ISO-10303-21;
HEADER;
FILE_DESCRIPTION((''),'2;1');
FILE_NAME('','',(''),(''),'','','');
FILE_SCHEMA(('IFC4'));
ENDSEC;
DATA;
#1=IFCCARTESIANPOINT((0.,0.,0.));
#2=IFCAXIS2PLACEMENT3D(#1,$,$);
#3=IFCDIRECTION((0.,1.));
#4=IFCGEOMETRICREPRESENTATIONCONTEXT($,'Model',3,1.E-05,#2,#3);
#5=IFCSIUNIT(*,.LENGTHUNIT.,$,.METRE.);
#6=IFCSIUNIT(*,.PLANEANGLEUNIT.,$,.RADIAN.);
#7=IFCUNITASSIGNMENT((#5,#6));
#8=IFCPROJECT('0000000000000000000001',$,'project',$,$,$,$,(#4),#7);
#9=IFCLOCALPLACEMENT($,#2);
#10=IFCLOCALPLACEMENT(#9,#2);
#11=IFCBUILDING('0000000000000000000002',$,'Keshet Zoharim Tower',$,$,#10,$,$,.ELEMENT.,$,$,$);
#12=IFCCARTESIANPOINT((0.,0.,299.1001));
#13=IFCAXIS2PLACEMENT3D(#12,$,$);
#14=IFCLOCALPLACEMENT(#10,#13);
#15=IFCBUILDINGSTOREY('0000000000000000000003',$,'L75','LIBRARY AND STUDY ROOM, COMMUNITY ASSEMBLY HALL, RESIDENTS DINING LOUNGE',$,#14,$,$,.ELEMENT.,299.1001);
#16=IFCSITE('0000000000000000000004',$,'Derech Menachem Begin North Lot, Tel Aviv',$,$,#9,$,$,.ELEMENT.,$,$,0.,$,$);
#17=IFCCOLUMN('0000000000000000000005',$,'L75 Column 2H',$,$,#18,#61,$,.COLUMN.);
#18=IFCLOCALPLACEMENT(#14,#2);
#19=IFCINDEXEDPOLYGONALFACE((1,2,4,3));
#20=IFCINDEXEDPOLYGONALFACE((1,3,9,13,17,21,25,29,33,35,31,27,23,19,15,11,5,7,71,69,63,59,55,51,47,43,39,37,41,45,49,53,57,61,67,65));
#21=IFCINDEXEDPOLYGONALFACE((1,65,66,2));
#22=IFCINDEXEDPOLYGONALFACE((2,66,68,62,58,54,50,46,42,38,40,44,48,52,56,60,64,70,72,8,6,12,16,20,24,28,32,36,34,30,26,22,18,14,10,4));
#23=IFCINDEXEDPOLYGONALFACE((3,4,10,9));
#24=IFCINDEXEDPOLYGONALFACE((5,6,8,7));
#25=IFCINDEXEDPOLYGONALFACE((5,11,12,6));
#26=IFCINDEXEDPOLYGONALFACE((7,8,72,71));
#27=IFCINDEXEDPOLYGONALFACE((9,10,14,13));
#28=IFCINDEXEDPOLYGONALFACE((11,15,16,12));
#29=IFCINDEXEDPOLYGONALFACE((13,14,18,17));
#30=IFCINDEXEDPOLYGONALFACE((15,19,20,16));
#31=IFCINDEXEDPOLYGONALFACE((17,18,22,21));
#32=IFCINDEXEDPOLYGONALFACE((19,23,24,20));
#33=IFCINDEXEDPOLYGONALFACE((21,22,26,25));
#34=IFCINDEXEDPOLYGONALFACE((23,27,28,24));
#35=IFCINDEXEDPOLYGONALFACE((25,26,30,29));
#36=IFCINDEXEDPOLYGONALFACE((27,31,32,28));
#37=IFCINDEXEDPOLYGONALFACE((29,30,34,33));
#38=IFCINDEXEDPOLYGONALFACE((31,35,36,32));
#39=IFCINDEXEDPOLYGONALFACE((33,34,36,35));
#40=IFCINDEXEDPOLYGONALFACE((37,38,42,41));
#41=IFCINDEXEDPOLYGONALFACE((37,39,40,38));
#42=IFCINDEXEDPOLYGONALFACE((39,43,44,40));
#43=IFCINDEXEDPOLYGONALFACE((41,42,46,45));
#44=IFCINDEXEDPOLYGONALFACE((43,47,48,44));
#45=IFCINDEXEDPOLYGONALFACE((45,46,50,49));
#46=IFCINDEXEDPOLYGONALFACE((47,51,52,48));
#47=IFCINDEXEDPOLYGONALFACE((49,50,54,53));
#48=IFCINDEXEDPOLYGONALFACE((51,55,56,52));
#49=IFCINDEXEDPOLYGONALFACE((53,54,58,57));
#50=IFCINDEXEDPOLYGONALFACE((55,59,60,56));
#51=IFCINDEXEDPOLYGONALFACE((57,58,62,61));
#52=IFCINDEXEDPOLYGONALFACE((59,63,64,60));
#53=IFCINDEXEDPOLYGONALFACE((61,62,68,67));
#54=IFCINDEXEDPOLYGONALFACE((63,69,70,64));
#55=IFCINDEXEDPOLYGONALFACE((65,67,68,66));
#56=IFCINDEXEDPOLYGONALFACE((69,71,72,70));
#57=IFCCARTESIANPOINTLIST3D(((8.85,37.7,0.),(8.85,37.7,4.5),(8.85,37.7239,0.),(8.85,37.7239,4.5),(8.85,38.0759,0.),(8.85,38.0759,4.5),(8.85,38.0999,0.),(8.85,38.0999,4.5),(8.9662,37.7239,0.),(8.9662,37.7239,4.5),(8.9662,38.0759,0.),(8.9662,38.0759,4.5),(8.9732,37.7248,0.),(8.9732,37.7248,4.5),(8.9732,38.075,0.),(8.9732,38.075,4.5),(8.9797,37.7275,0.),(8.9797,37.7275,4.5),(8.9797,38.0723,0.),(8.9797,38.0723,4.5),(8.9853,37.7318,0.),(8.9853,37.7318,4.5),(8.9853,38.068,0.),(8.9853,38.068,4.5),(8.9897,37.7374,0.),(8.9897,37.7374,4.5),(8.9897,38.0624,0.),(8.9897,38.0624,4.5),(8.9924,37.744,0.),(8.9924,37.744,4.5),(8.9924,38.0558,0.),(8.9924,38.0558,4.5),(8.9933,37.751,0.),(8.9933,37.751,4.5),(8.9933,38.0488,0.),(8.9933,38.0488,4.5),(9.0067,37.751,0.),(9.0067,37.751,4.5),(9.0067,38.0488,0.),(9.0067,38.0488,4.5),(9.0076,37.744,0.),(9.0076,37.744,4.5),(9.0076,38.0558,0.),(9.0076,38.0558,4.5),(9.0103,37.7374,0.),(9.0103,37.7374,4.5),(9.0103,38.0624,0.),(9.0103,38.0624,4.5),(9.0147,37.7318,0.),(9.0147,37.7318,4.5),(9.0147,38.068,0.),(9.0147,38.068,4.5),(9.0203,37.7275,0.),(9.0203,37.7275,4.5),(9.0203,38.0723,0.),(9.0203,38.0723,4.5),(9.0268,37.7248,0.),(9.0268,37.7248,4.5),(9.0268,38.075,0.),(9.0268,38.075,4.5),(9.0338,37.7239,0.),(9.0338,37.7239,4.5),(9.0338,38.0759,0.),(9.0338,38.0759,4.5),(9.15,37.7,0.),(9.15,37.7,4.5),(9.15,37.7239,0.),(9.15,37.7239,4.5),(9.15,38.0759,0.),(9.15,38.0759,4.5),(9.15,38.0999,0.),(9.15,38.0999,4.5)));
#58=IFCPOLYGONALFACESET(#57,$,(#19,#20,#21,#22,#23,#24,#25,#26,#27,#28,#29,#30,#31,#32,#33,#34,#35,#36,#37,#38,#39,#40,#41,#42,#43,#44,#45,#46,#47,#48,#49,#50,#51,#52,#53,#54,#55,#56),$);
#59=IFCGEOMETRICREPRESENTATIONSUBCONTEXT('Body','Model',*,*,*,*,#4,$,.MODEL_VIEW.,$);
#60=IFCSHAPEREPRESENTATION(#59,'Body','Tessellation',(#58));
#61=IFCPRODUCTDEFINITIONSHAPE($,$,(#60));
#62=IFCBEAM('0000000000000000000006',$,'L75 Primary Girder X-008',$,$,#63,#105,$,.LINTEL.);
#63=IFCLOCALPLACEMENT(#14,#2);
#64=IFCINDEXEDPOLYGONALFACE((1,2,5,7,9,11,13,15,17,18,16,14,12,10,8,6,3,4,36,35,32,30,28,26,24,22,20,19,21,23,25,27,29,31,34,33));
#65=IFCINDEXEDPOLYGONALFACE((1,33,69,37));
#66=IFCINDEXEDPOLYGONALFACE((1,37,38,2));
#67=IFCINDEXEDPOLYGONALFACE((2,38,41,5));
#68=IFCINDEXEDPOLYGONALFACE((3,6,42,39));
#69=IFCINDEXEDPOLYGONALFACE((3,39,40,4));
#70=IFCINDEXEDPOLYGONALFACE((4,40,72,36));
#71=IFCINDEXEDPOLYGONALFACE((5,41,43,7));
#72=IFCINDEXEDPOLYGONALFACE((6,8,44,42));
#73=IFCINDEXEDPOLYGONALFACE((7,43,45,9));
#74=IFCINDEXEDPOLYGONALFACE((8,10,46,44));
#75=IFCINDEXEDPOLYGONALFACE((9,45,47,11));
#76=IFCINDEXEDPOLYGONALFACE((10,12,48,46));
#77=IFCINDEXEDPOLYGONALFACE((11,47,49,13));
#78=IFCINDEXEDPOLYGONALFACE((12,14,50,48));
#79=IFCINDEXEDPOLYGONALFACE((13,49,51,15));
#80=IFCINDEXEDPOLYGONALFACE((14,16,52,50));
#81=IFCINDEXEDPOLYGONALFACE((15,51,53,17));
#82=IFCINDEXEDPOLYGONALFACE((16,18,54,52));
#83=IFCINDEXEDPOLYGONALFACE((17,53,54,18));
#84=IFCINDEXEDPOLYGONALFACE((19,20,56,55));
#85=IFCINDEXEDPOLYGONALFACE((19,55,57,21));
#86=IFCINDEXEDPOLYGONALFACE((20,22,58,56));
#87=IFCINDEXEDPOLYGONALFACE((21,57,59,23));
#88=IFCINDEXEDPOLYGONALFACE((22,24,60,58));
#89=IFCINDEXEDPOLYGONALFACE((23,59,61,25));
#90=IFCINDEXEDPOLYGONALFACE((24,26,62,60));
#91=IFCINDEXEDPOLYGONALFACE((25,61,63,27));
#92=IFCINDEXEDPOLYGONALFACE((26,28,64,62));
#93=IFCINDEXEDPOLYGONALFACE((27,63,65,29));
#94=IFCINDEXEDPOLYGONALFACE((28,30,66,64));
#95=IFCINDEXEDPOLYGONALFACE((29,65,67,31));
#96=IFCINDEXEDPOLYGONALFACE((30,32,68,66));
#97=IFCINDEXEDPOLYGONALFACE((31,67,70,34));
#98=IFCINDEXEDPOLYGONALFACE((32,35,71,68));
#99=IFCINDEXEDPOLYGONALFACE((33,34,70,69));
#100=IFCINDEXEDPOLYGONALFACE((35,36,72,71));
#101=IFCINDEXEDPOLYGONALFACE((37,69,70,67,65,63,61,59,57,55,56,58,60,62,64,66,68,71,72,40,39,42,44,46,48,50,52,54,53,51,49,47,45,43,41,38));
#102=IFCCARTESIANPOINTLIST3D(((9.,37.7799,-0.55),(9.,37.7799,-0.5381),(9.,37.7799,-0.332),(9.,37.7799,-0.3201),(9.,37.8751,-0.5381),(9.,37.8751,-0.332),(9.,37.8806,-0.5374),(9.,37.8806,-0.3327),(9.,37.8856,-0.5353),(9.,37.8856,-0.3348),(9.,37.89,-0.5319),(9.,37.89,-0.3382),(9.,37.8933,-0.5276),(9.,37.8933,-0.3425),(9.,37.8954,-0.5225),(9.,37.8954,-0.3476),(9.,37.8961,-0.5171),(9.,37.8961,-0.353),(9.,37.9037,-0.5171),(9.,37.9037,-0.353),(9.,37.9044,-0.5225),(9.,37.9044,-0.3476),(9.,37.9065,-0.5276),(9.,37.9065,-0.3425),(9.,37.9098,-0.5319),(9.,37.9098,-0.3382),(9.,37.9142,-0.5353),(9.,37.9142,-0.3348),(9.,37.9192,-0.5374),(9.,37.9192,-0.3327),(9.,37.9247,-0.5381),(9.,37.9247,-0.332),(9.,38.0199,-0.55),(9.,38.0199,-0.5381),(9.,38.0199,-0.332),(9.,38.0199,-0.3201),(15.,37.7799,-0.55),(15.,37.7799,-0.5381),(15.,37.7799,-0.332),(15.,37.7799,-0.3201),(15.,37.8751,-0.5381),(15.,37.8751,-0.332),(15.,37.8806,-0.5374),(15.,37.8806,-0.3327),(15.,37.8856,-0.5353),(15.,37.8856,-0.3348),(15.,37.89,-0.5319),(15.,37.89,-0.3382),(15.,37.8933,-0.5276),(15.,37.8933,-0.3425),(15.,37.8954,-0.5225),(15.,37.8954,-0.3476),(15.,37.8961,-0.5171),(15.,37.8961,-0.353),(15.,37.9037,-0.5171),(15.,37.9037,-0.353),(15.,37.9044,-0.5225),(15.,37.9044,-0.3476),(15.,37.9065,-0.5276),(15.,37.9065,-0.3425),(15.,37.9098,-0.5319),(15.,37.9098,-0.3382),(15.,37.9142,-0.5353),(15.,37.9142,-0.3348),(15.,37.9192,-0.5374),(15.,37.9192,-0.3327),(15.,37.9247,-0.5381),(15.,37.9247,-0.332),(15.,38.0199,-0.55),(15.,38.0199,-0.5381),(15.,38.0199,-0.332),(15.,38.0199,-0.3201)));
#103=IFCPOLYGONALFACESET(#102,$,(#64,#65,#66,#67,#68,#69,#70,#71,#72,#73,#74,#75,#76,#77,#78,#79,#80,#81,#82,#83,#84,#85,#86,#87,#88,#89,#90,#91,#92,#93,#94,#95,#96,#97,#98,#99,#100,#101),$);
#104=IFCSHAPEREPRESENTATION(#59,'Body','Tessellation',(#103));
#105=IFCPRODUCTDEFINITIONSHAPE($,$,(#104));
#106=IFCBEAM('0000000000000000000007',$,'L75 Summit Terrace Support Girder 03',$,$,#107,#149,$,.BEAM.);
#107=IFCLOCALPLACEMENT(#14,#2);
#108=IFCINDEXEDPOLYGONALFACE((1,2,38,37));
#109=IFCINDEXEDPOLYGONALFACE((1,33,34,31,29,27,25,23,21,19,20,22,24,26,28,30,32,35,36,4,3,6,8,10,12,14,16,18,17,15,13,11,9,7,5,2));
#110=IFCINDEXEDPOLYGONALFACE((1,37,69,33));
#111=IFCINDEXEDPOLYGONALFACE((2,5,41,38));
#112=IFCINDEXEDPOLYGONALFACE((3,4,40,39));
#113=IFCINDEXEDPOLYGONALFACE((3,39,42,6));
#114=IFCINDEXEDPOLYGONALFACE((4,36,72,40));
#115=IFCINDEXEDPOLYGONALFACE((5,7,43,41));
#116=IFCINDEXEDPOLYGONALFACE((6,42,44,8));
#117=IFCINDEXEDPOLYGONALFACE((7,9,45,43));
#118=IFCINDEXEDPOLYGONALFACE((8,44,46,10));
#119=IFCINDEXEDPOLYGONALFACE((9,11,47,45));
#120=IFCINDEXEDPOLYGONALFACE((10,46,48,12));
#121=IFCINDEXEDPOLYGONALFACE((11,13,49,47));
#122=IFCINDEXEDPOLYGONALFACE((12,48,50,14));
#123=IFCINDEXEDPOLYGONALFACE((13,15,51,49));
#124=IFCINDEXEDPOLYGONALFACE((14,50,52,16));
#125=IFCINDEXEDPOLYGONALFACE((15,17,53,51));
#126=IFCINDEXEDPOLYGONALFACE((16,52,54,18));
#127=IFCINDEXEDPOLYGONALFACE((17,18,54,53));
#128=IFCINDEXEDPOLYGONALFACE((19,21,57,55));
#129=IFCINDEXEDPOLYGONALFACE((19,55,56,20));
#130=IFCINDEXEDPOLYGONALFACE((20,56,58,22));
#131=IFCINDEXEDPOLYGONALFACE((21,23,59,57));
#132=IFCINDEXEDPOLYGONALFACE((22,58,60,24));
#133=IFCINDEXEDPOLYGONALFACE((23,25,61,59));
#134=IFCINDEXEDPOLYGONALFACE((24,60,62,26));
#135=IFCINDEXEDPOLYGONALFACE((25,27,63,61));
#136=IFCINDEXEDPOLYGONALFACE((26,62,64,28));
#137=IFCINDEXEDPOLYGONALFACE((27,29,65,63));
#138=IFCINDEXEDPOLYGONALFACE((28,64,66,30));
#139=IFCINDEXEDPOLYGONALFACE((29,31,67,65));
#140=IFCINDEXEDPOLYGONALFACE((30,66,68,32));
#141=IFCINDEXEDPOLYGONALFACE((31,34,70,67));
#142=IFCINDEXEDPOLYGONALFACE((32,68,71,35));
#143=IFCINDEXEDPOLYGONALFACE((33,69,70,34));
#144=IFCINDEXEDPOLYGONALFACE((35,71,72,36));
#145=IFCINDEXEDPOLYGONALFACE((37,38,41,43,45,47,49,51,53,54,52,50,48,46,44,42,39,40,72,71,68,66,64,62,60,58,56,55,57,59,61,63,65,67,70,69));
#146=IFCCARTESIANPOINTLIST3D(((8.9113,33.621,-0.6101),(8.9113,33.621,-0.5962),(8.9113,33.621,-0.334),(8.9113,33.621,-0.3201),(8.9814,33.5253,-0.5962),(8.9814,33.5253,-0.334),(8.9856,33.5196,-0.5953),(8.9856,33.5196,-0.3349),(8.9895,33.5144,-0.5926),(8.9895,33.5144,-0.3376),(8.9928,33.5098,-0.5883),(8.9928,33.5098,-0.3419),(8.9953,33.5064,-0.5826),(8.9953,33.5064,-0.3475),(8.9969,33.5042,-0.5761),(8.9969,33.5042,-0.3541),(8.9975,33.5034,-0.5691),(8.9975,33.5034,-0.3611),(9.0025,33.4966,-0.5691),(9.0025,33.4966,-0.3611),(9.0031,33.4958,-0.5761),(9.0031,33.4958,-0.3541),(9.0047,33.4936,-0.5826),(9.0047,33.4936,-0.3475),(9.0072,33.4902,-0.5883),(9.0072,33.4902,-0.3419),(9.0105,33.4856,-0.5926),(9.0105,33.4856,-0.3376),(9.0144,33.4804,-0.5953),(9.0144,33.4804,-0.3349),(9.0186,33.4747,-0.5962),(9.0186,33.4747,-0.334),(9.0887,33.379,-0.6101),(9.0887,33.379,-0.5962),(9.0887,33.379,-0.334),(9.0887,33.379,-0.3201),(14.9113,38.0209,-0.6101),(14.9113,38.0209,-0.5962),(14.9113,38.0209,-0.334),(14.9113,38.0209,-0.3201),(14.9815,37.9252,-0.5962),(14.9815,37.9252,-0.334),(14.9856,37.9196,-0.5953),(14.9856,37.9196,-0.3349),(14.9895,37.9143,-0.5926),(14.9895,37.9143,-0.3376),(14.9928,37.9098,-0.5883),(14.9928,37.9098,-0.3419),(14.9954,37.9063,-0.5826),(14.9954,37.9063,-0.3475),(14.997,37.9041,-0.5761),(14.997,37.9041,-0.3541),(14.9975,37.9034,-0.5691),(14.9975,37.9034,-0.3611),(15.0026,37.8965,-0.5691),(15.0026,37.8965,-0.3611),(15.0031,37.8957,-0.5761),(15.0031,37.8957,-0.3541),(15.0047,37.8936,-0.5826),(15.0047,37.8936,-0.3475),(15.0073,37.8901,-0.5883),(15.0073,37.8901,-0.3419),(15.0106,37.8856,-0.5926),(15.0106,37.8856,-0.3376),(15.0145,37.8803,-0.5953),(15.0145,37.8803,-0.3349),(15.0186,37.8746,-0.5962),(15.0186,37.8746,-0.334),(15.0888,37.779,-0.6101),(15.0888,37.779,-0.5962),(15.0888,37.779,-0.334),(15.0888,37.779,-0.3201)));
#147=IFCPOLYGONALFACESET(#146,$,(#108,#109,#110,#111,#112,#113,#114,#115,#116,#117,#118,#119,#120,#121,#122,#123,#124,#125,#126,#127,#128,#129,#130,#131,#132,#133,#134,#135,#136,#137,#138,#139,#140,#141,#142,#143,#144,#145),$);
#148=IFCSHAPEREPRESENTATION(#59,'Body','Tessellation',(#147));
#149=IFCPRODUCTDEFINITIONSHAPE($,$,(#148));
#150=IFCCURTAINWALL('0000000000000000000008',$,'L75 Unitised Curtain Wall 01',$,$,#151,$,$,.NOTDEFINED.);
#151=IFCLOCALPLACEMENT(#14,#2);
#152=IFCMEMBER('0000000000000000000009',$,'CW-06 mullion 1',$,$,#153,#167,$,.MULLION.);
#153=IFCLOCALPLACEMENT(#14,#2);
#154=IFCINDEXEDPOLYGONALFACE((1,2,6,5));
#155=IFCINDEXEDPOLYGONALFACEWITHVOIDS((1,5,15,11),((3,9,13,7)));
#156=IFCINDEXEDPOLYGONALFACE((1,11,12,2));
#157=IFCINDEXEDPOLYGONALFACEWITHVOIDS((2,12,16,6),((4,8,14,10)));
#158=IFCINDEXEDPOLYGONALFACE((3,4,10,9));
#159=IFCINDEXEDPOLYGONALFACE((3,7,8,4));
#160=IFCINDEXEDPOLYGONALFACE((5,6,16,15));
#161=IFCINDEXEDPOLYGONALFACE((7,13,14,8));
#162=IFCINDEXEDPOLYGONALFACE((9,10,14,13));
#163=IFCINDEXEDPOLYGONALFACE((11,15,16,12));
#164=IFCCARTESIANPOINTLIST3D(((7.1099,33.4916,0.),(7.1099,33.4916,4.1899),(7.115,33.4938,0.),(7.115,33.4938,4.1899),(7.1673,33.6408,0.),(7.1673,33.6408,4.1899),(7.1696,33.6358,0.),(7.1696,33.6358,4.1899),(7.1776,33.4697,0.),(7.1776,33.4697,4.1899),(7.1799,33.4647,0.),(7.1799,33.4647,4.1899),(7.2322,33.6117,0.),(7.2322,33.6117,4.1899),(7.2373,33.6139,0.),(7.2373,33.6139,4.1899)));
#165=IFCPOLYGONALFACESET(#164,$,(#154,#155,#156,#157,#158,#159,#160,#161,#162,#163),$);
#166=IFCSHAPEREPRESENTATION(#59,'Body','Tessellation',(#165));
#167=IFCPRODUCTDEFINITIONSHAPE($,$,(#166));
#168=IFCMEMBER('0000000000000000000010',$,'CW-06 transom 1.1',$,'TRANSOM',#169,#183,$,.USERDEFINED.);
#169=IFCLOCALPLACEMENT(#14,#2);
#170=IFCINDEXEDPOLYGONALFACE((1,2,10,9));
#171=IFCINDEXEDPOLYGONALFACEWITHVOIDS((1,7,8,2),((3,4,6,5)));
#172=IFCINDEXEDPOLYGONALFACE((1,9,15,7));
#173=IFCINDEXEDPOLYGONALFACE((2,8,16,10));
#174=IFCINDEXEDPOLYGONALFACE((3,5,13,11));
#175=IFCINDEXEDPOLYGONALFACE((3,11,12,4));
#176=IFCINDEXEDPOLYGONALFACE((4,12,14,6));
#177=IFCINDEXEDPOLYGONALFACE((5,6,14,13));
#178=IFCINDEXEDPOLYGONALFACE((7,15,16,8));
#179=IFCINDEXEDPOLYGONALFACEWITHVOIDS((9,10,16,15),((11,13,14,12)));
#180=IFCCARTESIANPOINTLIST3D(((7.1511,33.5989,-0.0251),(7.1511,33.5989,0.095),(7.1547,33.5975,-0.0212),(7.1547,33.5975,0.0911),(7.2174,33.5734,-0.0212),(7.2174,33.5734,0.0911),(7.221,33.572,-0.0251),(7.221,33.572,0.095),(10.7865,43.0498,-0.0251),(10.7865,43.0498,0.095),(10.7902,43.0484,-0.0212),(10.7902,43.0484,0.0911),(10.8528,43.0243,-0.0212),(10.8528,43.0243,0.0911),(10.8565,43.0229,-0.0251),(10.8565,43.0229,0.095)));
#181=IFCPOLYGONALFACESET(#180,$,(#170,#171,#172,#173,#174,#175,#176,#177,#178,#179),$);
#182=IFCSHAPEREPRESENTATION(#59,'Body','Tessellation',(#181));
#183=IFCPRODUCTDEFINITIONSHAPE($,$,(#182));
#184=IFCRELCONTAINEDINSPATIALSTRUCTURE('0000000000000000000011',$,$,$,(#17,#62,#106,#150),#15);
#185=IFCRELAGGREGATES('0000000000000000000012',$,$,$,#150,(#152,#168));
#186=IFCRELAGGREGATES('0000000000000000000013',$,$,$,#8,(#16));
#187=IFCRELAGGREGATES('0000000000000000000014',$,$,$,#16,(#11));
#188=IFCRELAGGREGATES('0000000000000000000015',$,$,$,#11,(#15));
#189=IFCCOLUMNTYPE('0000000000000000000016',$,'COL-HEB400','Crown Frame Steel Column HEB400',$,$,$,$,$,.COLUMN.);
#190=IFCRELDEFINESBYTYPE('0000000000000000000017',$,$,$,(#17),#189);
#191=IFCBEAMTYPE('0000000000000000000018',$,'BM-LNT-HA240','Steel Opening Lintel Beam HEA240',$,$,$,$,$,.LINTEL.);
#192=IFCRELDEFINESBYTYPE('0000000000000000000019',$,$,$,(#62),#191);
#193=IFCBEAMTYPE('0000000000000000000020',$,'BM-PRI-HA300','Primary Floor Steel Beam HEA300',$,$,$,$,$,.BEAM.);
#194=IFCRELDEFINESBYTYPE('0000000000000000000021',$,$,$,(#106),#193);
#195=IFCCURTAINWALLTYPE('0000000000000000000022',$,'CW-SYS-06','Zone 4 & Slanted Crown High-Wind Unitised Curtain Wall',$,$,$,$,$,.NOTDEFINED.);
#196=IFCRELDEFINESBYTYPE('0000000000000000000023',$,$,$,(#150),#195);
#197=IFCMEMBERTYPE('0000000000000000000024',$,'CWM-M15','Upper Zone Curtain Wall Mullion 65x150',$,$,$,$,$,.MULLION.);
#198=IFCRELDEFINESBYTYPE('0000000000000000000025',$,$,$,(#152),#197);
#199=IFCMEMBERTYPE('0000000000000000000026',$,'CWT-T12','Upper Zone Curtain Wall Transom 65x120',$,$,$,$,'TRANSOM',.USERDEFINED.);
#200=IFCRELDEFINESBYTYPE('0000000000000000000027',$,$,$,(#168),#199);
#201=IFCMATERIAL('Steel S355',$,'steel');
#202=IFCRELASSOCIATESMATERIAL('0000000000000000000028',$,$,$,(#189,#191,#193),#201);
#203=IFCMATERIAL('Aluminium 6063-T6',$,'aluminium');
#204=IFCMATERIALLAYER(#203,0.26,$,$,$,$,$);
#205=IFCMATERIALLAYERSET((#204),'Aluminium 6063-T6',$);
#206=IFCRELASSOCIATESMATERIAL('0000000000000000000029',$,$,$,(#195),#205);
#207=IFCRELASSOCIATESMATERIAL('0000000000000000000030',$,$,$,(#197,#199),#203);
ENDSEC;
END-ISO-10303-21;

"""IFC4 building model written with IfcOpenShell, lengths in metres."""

from ifc_helpers import new_model, si_unit, direction, frame, origin, origin_2d, place, context, subcontext, project, spatial, hollow_rectangle, i_section, extrude, material, layer, layer_set, material_profile, profile_set, type_object, element, aggregate, save


model = new_model("IFC4")

# Units and contexts
model_context = context("Model", 3, precision=1e-05, world=origin(), true_north=direction((0.0, 1.0)))
body_context = subcontext(model_context, "Body", "Model", "MODEL_VIEW")
ifc_project = project(units=[si_unit("LENGTHUNIT", "METRE"), si_unit("PLANEANGLEUNIT", "RADIAN")], contexts=[model_context])

# Site, building, storey
site_placement = place(None, origin())
site = spatial("IfcSite", under=ifc_project, at=site_placement, Name="Derech Menachem Begin North Lot, Tel Aviv", CompositionType="ELEMENT", RefElevation=0.0)
building_placement = place(site_placement, origin())
building = spatial("IfcBuilding", under=site, at=building_placement, Name="Keshet Zoharim Tower", CompositionType="ELEMENT")
storey_placement = place(building_placement, frame((0.0, 0.0, 299.1001)))
storey = spatial("IfcBuildingStorey", under=building, at=storey_placement, Name="L75", Description="LIBRARY AND STUDY ROOM, COMMUNITY ASSEMBLY HALL, RESIDENTS DINING LOUNGE", CompositionType="ELEMENT", Elevation=299.1001)

# Column
ifc_material_1 = material(Name="Steel S355", Category="steel")
ifc_material_profile_1 = material_profile(ifc_material_1, i_section(OverallWidth=0.3, OverallDepth=0.3999, WebThickness=0.0134, FlangeThickness=0.0239, FilletRadius=0.0271, at=origin_2d()), Name="HEB400")
ifc_profile_set_1 = profile_set([ifc_material_profile_1], Name="Steel S355")
column_type = type_object("IfcColumnType", Name="COL-HEB400", Description="Crown Frame Steel Column HEB400", PredefinedType="COLUMN", material=ifc_profile_set_1)
column_placement = place(storey_placement, frame((9.0, 37.8999, 0.0), z_axis=(0.0, 0.0, 1.0), x_axis=(1.0, 0.0, 0.0)))
element("IfcColumn", 1, at=column_placement, inside=storey, type_object=column_type, Name="L75 Column 2H", PredefinedType="COLUMN", context=body_context, shape_type="SweptSolid", body=[
    extrude(i_section(OverallWidth=0.3, OverallDepth=0.3999, WebThickness=0.0134, FlangeThickness=0.0239, FilletRadius=0.0271, at=origin_2d()), origin(), (0.0, 0.0, 1.0), 4.5),
])

# Beams
ifc_material_profile_2 = material_profile(ifc_material_1, i_section(OverallWidth=0.24, OverallDepth=0.23, WebThickness=0.0076, FlangeThickness=0.012, FilletRadius=0.021, at=origin_2d()), Name="HEA240")
ifc_profile_set_2 = profile_set([ifc_material_profile_2], Name="Steel S355")
beam_type_1 = type_object("IfcBeamType", Name="BM-LNT-HA240", Description="Steel Opening Lintel Beam HEA240", PredefinedType="LINTEL", material=ifc_profile_set_2)
beam_1_placement = place(storey_placement, frame((9.0, 37.8999, -0.4351), z_axis=(1.0, 0.0, 0.0), x_axis=(0.0, 1.0, 0.0)))
element("IfcBeam", 2, at=beam_1_placement, inside=storey, type_object=beam_type_1, Name="L75 Primary Girder X-008", PredefinedType="LINTEL", context=body_context, shape_type="SweptSolid", body=[
    extrude(i_section(OverallWidth=0.24, OverallDepth=0.23, WebThickness=0.0076, FlangeThickness=0.012, FilletRadius=0.021, at=origin_2d()), origin(), (0.0, 0.0, 1.0), 6.0),
])
ifc_material_profile_3 = material_profile(ifc_material_1, i_section(OverallWidth=0.3, OverallDepth=0.29, WebThickness=0.0085, FlangeThickness=0.0139, FilletRadius=0.0271, at=origin_2d()), Name="HEA300")
ifc_profile_set_3 = profile_set([ifc_material_profile_3], Name="Steel S355")
beam_type_2 = type_object("IfcBeamType", Name="BM-PRI-HA300", Description="Primary Floor Steel Beam HEA300", PredefinedType="BEAM", material=ifc_profile_set_3)
beam_2_placement = place(storey_placement, frame((9.0, 33.5, -0.4651), z_axis=(0.806411, 0.591355, 0.0), x_axis=(-0.591355, 0.806411, 0.0)))
element("IfcBeam", 3, at=beam_2_placement, inside=storey, type_object=beam_type_2, Name="L75 Summit Terrace Support Girder 03", PredefinedType="BEAM", context=body_context, shape_type="SweptSolid", body=[
    extrude(i_section(OverallWidth=0.3, OverallDepth=0.29, WebThickness=0.0085, FlangeThickness=0.0139, FilletRadius=0.0271, at=origin_2d()), origin(), (0.0, 0.0, 1.0), 7.4404),
])

# Curtain wall, members
ifc_material_2 = material(Name="Aluminium 6063-T6", Category="aluminium")
ifc_layer_1 = layer(ifc_material_2, 0.26)
ifc_layer_set_1 = layer_set([ifc_layer_1], Name="Aluminium 6063-T6")
curtain_wall_type = type_object("IfcCurtainWallType", Name="CW-SYS-06", Description="Zone 4 & Slanted Crown High-Wind Unitised Curtain Wall", PredefinedType="NOTDEFINED", material=ifc_layer_set_1)
curtain_wall_placement = place(storey_placement, origin())
curtain_wall = element("IfcCurtainWall", 4, at=curtain_wall_placement, inside=storey, type_object=curtain_wall_type, Name="L75 Unitised Curtain Wall 01", PredefinedType="NOTDEFINED")
ifc_material_profile_4 = material_profile(ifc_material_2, hollow_rectangle(XDim=0.075, YDim=0.1599, WallThickness=0.0039, at=origin_2d()), Name="MUL-75x160")
ifc_profile_set_4 = profile_set([ifc_material_profile_4], Name="Aluminium 6063-T6")
member_type_1 = type_object("IfcMemberType", Name="CWM-M15", Description="Upper Zone Curtain Wall Mullion 65x150", PredefinedType="MULLION", material=ifc_profile_set_4)
member_1_placement = place(storey_placement, frame((7.1736, 33.5527, 0.0), z_axis=(0.0, 0.0, 1.0), x_axis=(-0.933336, 0.359005, 0.0)))
member_1 = element("IfcMember", 5, at=member_1_placement, type_object=member_type_1, Name="CW-06 mullion 1", PredefinedType="MULLION", context=body_context, shape_type="SweptSolid", body=[
    extrude(hollow_rectangle(XDim=0.075, YDim=0.1599, WallThickness=0.0039, at=origin_2d()), origin(), (0.0, 0.0, 1.0), 4.1899),
])
ifc_material_profile_5 = material_profile(ifc_material_2, hollow_rectangle(XDim=0.075, YDim=0.1201, WallThickness=0.0039, at=origin_2d()), Name="TRN-75x120")
ifc_profile_set_5 = profile_set([ifc_material_profile_5], Name="Aluminium 6063-T6")
member_type_2 = type_object("IfcMemberType", Name="CWT-T12", Description="Upper Zone Curtain Wall Transom 65x120", ElementType="TRANSOM", PredefinedType="USERDEFINED", material=ifc_profile_set_5)
member_2_placement = place(storey_placement, frame((7.186, 33.5854, 0.0349), z_axis=(0.359024, 0.933328, 0.0), x_axis=(-0.933328, 0.359024, 0.0)))
member_2 = element("IfcMember", 6, at=member_2_placement, type_object=member_type_2, Name="CW-06 transom 1.1", ObjectType="TRANSOM", PredefinedType="USERDEFINED", context=body_context, shape_type="SweptSolid", body=[
    extrude(hollow_rectangle(XDim=0.075, YDim=0.1201, WallThickness=0.0039, at=origin_2d()), origin(), (0.0, 0.0, 1.0), 10.126),
])
aggregate(curtain_wall, [member_1, member_2])

save(model, "model.ifc")
